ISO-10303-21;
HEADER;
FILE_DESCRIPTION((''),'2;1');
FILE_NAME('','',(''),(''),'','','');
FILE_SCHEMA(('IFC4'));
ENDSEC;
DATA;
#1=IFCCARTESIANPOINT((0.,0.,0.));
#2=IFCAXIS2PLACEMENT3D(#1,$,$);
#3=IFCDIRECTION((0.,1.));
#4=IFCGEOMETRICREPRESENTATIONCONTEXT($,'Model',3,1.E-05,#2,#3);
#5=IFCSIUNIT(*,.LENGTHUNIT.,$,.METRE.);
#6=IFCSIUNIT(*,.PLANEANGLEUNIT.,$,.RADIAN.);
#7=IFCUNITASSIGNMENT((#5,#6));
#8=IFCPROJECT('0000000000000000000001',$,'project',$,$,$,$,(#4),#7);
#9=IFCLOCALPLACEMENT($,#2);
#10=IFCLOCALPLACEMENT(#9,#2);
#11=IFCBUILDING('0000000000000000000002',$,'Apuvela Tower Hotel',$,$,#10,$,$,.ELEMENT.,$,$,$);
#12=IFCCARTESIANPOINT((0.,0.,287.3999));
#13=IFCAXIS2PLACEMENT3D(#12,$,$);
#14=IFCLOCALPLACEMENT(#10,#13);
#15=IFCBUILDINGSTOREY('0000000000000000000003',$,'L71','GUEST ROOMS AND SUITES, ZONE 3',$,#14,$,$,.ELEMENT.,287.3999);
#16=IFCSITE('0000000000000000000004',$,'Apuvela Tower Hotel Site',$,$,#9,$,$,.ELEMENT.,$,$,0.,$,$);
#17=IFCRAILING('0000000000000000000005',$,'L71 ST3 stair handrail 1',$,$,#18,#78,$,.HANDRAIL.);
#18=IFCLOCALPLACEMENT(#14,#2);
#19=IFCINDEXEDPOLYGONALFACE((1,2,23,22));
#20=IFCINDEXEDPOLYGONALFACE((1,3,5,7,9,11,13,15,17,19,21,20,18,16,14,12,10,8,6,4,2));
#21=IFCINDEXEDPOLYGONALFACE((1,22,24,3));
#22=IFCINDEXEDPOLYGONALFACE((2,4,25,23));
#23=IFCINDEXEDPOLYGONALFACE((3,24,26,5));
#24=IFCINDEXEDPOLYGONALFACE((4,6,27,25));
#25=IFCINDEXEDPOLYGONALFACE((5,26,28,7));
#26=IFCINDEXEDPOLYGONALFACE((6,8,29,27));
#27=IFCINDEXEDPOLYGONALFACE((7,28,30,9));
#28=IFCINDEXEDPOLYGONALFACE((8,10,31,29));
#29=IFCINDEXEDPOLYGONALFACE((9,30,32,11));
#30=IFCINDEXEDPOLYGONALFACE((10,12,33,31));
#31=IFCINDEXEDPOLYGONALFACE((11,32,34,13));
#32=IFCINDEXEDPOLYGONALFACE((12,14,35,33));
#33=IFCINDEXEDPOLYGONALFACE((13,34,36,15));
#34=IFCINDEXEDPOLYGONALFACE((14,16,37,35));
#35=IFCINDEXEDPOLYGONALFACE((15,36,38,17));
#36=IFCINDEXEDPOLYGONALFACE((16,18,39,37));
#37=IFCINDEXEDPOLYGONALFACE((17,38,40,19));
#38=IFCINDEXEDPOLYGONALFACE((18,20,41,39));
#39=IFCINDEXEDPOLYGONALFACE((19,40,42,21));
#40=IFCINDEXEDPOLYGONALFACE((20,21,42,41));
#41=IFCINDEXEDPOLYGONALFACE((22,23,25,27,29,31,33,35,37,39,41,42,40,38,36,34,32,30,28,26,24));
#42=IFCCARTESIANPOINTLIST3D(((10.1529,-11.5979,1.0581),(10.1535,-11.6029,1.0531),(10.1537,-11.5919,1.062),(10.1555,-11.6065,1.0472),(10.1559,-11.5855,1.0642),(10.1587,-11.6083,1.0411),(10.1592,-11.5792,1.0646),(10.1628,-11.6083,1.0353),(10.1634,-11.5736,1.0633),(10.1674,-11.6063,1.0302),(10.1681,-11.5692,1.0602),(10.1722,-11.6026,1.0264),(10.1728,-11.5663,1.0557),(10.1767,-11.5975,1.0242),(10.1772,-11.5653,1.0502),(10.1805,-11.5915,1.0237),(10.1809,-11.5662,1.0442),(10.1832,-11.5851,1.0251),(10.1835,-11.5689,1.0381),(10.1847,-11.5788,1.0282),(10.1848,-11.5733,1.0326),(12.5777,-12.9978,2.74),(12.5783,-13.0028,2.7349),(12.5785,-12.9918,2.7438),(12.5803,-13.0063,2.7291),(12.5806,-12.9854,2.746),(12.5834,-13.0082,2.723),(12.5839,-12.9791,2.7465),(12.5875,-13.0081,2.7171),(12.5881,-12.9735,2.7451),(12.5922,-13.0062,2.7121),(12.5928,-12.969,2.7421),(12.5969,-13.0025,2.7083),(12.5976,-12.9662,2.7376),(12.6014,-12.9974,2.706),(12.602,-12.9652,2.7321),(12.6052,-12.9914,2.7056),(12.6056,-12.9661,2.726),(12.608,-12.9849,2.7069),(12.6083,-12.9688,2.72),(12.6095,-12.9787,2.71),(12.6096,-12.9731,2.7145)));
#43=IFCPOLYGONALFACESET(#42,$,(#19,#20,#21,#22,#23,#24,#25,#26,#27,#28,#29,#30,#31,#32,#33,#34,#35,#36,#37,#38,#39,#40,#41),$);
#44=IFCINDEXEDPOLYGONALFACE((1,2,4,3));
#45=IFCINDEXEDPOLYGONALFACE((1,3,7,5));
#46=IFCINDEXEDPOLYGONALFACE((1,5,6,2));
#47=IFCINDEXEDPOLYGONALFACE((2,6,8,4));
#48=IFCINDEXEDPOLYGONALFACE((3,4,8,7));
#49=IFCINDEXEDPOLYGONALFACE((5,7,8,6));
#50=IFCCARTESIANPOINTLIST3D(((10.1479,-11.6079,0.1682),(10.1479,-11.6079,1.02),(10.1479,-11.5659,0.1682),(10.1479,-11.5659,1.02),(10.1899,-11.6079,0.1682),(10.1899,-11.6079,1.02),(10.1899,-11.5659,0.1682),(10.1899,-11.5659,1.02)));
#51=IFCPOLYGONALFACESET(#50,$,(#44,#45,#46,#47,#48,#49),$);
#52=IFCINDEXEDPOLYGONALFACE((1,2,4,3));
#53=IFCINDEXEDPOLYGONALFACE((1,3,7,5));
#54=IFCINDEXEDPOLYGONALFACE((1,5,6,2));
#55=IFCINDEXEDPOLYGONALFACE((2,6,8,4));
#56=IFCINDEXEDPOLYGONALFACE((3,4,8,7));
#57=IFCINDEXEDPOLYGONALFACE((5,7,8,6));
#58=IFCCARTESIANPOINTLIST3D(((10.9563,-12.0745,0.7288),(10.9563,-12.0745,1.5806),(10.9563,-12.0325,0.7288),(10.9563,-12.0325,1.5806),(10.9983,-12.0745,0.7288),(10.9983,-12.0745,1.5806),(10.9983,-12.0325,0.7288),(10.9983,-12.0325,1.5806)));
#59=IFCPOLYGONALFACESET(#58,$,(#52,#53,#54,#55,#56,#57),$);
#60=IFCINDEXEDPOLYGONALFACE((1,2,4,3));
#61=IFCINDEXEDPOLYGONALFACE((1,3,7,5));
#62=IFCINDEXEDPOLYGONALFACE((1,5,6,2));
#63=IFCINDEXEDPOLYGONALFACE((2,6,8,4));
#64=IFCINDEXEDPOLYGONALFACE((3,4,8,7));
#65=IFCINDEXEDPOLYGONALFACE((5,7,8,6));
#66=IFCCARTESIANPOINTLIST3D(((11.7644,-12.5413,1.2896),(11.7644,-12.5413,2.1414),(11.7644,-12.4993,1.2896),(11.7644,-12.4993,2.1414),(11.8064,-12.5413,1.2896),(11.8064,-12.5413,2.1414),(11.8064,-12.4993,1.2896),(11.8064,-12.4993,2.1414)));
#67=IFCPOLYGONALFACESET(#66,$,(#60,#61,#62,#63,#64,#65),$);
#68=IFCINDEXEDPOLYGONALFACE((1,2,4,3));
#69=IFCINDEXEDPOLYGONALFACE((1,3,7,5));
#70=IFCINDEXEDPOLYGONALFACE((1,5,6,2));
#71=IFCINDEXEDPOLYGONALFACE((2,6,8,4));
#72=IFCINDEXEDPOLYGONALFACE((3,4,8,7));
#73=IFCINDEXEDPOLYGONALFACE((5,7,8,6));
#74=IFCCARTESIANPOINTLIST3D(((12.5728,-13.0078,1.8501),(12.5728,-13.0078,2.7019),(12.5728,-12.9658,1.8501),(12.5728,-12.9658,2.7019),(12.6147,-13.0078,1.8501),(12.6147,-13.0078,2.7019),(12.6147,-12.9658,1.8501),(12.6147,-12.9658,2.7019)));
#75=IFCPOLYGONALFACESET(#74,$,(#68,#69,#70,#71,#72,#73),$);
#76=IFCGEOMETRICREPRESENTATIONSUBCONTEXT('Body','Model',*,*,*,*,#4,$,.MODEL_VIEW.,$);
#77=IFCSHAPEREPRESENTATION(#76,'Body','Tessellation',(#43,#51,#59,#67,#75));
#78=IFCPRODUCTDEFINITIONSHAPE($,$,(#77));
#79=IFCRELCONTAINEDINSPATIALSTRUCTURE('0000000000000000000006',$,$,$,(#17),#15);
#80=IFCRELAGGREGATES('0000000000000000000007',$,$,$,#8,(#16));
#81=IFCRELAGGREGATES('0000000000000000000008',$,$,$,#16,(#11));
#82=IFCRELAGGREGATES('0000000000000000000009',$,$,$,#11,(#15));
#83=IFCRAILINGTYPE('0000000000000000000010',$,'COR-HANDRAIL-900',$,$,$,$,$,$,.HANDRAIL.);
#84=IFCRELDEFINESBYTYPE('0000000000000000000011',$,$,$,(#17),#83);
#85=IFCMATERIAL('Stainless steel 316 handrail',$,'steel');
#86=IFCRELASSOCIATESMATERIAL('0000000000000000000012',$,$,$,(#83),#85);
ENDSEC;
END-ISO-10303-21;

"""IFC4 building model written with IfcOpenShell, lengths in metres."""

from ifc_helpers import new_model, si_unit, direction, frame, origin, origin_2d, place, context, subcontext, project, spatial, rectangle, circle, extrude, material, type_object, element, save


model = new_model("IFC4")

# Units and contexts
model_context = context("Model", 3, precision=1e-05, world=origin(), true_north=direction((0.0, 1.0)))
body_context = subcontext(model_context, "Body", "Model", "MODEL_VIEW")
ifc_project = project(units=[si_unit("LENGTHUNIT", "METRE"), si_unit("PLANEANGLEUNIT", "RADIAN")], contexts=[model_context])

# Site, building, storey
site_placement = place(None, origin())
site = spatial("IfcSite", under=ifc_project, at=site_placement, Name="Apuvela Tower Hotel Site", CompositionType="ELEMENT", RefElevation=0.0)
building_placement = place(site_placement, origin())
building = spatial("IfcBuilding", under=site, at=building_placement, Name="Apuvela Tower Hotel", CompositionType="ELEMENT")
storey_placement = place(building_placement, frame((0.0, 0.0, 287.3999)))
storey = spatial("IfcBuildingStorey", under=building, at=storey_placement, Name="L71", Description="GUEST ROOMS AND SUITES, ZONE 3", CompositionType="ELEMENT", Elevation=287.3999)

# Railing
ifc_material_1 = material(Name="Stainless steel 316 handrail", Category="steel")
railing_type_1 = type_object("IfcRailingType", Name="COR-HANDRAIL-900", PredefinedType="HANDRAIL", material=ifc_material_1)
railing_1_placement = place(storey_placement, frame((10.1689, -11.5869, 0.1682)))
element("IfcRailing", 1, at=railing_1_placement, inside=storey, type_object=railing_type_1, Name="L71 ST3 stair handrail 1", PredefinedType="HANDRAIL", context=body_context, shape_type="SweptSolid", body=[
    extrude(circle(Radius=0.0239, at=origin_2d()), frame((0.0, 0.0, 0.876), z_axis=(0.74239, -0.428601, 0.514934), x_axis=(0.499984, 0.866035, 0.0)), (0.0, 0.0, 1.0), 3.2661),
    extrude(rectangle(XDim=0.042, YDim=0.042, at=origin_2d()), origin(), (0.0, 0.0, 1.0), 0.8518),
    extrude(rectangle(XDim=0.042, YDim=0.042, at=origin_2d()), frame((0.8083, -0.4666, 0.5605)), (0.0, 0.0, 1.0), 0.8518),
    extrude(rectangle(XDim=0.042, YDim=0.042, at=origin_2d()), frame((1.6165, -0.9333, 1.1213)), (0.0, 0.0, 1.0), 0.8518),
    extrude(rectangle(XDim=0.042, YDim=0.042, at=origin_2d()), frame((2.4248, -1.3999, 1.6819)), (0.0, 0.0, 1.0), 0.8518),
])

save(model, "model.ifc")
